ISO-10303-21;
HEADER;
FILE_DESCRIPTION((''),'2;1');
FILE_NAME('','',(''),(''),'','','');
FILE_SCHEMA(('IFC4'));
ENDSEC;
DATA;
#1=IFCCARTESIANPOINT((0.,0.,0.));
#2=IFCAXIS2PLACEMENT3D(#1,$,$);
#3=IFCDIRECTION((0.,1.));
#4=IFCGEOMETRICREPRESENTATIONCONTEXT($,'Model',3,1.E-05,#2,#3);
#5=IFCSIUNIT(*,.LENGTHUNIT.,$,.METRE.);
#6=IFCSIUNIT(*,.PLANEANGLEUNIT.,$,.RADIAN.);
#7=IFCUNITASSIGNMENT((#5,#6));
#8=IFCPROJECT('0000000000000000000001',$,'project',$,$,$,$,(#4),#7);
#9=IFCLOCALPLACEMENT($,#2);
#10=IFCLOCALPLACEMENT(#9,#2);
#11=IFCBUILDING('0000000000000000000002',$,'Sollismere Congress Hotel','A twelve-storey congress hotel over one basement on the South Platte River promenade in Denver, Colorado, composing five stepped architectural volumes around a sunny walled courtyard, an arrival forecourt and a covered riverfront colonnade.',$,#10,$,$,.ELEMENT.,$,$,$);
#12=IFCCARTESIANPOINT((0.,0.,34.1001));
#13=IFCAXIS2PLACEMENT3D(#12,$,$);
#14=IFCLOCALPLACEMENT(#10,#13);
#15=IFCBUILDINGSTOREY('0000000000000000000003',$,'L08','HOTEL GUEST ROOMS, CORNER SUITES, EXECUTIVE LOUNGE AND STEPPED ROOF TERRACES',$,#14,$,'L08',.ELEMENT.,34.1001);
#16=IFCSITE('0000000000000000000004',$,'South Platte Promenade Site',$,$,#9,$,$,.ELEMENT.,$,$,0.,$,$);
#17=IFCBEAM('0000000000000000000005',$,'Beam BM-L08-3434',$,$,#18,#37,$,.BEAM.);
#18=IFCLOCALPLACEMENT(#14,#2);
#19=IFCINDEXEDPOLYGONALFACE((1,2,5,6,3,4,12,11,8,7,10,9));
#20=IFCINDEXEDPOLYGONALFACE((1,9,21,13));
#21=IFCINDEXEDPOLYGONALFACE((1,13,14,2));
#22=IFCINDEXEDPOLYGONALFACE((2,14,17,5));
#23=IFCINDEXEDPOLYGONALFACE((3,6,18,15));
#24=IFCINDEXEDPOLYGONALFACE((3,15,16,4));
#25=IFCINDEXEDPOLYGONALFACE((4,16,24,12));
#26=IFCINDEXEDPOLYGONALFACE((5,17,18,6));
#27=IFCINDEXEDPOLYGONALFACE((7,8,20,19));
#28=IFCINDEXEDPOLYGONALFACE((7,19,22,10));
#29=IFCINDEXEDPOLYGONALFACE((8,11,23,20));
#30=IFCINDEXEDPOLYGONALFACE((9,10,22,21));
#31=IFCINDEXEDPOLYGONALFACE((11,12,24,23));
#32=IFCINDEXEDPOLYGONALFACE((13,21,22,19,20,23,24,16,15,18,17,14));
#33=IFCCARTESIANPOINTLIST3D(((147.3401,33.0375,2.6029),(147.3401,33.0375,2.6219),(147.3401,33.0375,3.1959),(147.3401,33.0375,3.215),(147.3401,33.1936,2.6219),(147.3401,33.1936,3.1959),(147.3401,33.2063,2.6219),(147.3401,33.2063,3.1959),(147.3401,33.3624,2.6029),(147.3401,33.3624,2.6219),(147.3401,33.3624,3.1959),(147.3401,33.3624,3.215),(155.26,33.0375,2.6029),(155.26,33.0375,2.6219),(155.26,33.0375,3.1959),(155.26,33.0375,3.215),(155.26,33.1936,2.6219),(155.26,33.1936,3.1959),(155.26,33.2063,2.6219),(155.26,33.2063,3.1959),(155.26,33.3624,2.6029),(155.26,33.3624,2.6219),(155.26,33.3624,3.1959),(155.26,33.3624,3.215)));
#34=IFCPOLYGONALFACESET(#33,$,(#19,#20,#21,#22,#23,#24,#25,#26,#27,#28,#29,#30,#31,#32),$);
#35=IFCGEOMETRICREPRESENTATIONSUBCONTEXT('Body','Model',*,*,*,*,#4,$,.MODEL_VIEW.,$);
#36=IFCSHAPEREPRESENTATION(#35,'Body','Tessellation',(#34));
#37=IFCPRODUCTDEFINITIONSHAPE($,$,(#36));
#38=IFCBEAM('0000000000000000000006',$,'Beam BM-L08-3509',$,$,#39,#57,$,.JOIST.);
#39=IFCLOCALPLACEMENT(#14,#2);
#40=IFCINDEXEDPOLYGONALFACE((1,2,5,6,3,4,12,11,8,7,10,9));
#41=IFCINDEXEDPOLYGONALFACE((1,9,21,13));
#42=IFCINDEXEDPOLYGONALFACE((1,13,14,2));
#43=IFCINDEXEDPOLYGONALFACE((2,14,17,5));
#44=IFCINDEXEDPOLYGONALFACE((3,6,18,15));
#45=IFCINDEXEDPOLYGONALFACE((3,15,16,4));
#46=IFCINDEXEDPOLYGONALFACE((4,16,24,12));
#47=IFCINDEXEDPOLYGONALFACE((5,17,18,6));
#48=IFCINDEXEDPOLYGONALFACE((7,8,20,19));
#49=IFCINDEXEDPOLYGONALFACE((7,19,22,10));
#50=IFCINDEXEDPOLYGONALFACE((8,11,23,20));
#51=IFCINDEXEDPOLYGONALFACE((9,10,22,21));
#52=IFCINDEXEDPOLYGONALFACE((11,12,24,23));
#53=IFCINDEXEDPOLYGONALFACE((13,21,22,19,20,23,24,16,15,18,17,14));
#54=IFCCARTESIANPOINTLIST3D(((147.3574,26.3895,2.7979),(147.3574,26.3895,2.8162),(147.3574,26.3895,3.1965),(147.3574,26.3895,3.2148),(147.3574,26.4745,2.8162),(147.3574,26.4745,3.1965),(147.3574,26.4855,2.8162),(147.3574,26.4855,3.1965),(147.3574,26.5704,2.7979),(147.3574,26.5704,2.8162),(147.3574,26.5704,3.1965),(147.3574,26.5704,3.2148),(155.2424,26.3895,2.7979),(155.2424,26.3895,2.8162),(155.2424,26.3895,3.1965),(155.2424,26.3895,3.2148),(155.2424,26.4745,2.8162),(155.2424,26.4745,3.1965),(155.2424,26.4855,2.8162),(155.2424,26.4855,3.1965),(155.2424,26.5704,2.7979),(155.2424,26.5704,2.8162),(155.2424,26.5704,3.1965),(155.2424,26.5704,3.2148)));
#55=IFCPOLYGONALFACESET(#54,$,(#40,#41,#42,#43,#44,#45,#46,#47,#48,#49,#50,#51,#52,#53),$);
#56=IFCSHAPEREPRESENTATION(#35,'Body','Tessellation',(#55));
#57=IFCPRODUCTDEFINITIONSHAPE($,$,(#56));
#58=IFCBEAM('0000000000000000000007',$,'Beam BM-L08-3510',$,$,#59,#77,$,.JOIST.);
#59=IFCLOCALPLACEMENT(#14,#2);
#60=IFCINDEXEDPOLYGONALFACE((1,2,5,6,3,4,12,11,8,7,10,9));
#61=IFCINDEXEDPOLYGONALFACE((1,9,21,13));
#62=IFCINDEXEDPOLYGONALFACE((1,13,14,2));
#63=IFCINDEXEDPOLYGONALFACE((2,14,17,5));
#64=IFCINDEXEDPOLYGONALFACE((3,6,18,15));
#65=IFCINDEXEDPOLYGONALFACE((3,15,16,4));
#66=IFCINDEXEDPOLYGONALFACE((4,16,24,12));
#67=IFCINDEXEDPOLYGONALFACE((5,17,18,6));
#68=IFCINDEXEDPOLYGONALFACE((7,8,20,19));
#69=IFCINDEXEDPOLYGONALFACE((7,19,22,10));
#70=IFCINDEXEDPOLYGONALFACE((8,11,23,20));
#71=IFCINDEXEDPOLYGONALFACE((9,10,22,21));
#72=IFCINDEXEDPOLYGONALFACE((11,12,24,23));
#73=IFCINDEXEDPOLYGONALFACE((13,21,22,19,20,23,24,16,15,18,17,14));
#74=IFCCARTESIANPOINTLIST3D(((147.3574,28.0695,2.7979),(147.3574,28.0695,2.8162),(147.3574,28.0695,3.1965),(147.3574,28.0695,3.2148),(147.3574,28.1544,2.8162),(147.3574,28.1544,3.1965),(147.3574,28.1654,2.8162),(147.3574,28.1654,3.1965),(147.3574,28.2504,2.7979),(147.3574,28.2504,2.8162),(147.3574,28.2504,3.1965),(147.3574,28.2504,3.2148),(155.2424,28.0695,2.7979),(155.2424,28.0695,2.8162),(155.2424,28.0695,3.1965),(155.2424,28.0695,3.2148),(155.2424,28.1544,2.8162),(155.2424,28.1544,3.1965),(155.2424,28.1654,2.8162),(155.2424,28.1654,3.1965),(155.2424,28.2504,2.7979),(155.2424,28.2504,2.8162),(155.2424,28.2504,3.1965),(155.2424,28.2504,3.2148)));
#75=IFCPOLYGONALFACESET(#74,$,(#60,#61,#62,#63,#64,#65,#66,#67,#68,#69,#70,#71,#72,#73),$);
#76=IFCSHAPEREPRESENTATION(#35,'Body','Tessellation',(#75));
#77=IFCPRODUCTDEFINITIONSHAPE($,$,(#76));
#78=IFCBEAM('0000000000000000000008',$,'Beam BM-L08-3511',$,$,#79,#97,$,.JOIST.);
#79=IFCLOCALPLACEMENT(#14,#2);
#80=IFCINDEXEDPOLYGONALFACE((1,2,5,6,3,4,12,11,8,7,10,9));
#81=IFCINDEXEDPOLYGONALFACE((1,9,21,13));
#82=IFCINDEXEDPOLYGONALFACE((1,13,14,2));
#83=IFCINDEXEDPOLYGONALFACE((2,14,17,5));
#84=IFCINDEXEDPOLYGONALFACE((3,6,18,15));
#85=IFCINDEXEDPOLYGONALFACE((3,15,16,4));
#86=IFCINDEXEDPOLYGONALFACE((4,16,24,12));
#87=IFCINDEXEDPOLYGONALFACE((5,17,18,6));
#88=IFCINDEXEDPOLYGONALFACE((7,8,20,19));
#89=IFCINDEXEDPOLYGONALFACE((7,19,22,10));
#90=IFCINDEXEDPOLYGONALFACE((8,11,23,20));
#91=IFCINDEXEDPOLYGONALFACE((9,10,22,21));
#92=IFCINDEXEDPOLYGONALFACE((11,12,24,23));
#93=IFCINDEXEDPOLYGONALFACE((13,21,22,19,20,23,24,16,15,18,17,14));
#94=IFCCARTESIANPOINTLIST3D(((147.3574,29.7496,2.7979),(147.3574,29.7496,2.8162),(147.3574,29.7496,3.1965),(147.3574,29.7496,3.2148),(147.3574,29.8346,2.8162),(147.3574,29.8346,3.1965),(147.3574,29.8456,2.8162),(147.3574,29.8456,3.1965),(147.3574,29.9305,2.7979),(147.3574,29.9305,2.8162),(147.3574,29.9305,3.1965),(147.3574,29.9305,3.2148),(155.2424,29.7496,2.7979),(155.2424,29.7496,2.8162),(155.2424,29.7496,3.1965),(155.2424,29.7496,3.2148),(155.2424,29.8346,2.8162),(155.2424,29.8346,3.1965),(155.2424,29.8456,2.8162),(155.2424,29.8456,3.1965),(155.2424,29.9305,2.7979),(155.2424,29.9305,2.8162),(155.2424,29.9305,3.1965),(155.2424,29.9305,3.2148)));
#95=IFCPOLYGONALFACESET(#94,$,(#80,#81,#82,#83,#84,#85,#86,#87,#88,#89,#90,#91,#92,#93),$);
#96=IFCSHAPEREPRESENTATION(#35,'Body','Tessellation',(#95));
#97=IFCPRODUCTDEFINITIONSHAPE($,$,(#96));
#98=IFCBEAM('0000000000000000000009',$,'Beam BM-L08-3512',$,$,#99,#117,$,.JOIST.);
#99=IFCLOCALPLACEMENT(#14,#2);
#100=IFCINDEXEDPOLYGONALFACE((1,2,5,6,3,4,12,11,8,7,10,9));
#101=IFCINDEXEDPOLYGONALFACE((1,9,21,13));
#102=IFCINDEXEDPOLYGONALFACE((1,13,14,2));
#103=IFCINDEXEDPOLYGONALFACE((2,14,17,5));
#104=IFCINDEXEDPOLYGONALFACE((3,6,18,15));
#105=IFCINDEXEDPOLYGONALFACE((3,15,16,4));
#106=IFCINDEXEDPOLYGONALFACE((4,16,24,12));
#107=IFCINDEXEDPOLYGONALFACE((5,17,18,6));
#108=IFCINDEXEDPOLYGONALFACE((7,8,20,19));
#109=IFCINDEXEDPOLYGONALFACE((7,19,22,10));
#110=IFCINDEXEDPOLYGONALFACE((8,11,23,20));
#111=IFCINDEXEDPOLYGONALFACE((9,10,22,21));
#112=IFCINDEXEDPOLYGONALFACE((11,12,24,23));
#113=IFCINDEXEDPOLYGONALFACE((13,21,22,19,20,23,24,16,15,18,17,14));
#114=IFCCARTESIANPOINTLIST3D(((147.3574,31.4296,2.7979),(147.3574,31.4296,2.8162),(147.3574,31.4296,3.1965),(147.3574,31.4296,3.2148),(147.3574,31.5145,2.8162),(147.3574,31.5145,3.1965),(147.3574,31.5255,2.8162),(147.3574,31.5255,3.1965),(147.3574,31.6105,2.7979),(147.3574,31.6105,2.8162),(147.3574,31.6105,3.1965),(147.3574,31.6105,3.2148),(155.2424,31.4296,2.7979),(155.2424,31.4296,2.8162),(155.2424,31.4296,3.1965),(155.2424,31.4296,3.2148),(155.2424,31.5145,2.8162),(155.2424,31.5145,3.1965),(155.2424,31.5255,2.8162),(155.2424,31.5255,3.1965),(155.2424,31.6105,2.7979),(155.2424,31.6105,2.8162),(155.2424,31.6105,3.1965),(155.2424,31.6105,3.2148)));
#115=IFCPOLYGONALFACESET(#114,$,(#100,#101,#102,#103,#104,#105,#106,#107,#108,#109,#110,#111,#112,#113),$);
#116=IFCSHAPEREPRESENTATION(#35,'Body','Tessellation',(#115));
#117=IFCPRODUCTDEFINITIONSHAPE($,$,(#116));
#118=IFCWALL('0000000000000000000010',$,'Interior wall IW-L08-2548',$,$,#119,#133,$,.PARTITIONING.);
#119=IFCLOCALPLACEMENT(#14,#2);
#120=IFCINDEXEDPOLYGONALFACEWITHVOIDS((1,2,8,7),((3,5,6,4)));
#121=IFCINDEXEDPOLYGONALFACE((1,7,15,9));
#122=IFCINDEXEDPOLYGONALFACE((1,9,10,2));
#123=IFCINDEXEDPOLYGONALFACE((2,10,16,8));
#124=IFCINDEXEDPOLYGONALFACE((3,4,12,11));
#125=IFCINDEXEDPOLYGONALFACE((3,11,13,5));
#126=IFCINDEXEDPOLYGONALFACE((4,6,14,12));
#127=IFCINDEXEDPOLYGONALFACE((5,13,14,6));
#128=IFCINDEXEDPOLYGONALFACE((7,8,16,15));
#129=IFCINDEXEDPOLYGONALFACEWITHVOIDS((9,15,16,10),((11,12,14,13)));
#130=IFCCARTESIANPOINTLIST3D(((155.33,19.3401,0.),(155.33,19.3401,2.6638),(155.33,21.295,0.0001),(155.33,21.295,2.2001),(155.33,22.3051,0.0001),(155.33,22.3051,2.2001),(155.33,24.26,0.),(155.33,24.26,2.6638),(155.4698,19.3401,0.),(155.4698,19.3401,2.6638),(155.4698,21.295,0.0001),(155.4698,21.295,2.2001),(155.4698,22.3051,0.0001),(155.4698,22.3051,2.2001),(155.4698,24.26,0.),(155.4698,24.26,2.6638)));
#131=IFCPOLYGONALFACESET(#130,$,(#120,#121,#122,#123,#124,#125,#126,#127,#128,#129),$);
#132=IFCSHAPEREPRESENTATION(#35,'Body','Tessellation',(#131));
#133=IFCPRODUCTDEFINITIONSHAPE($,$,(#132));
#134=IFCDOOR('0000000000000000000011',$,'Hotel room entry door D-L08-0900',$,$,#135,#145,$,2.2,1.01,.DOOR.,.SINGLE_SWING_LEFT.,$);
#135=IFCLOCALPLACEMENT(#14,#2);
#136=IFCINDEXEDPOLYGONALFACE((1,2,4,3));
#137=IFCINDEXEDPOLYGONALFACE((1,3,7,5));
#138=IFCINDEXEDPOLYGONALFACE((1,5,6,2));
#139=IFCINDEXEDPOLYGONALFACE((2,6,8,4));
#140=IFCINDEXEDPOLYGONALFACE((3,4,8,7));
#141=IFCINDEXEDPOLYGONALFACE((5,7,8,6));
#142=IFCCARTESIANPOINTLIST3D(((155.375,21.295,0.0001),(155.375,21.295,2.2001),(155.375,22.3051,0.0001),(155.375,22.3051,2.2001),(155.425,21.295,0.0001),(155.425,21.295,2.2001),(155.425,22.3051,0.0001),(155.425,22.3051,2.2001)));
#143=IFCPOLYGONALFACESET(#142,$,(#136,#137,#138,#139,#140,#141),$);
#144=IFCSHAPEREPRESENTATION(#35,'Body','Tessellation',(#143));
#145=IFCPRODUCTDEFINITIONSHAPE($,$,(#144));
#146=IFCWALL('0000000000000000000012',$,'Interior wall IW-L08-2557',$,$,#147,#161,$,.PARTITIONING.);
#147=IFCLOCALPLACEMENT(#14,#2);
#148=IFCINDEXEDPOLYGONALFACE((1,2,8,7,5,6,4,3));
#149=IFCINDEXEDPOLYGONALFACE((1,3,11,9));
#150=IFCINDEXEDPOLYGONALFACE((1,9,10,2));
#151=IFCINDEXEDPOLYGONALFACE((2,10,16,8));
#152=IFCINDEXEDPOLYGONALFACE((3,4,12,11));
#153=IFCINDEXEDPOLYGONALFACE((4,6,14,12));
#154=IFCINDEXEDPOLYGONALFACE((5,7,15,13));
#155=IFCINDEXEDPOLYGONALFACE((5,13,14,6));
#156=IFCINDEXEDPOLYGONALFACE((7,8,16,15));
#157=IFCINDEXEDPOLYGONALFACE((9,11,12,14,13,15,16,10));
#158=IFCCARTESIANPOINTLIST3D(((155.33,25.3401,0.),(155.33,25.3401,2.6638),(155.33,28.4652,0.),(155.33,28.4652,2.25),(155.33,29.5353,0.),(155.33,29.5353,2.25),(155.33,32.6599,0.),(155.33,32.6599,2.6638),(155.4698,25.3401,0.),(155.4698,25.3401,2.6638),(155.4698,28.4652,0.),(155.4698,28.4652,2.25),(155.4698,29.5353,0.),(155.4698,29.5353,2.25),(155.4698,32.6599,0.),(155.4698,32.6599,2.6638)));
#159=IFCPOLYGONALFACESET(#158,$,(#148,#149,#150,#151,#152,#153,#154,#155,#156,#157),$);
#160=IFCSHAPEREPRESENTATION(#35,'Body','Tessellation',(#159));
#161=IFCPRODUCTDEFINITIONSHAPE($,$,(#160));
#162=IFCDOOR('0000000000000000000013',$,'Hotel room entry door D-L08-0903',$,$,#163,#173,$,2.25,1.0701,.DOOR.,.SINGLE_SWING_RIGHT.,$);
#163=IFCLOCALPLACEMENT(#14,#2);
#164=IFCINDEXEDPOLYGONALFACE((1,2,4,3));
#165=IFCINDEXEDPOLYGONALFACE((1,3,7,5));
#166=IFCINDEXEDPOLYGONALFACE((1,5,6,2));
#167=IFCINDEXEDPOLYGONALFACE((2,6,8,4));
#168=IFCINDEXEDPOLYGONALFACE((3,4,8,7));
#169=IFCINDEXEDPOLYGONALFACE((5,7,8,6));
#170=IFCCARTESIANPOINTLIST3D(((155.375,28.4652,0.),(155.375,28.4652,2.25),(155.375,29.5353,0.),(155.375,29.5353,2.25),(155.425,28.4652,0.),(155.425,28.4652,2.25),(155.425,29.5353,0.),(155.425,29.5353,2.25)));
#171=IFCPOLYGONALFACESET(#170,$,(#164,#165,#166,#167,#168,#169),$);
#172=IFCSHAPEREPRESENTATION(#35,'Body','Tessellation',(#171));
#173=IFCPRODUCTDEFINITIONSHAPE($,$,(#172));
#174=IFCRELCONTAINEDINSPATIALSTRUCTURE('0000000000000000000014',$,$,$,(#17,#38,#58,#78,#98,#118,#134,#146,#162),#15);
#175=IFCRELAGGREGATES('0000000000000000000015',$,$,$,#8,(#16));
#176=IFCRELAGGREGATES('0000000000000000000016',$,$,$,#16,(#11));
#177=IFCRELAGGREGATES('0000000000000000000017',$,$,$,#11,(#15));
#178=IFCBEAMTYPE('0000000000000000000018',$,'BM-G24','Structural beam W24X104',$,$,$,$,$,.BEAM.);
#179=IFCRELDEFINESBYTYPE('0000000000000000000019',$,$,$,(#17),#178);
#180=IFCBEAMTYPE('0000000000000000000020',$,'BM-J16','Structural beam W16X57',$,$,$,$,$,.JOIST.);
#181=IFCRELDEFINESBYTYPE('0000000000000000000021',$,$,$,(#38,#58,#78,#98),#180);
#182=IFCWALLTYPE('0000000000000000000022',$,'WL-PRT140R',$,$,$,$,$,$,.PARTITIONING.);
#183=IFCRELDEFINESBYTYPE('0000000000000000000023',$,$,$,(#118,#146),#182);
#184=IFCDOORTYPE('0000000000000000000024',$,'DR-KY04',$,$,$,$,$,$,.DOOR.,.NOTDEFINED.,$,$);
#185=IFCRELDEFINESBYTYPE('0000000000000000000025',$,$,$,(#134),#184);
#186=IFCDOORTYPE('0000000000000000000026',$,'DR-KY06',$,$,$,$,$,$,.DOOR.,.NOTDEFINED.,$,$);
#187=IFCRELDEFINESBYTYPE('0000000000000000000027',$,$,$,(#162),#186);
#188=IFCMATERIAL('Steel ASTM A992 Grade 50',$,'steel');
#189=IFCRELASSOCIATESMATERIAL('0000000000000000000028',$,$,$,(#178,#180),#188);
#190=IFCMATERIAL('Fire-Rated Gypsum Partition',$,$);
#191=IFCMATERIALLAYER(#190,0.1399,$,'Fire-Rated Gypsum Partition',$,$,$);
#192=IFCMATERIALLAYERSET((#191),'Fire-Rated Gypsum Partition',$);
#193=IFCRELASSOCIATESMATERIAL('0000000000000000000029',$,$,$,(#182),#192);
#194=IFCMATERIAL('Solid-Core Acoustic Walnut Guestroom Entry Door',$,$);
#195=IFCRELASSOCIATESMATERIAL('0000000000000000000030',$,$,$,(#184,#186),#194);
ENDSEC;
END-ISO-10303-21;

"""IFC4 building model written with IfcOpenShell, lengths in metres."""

from ifc_helpers import new_model, si_unit, direction, frame, frame_2d, origin, origin_2d, place, context, subcontext, project, spatial, rectangle, i_section, extrude, material, layer, layer_set, material_profile, profile_set, type_object, element, fill, save


model = new_model("IFC4")

# Units and contexts
model_context = context("Model", 3, precision=1e-05, world=origin(), true_north=direction((0.0, 1.0)))
body_context = subcontext(model_context, "Body", "Model", "MODEL_VIEW")
ifc_project = project(units=[si_unit("LENGTHUNIT", "METRE"), si_unit("PLANEANGLEUNIT", "RADIAN")], contexts=[model_context])

# Site, building, storey
site_placement = place(None, origin())
site = spatial("IfcSite", under=ifc_project, at=site_placement, Name="South Platte Promenade Site", CompositionType="ELEMENT", RefElevation=0.0)
building_placement = place(site_placement, origin())
building = spatial("IfcBuilding", under=site, at=building_placement, Name="Sollismere Congress Hotel", Description="A twelve-storey congress hotel over one basement on the South Platte River promenade in Denver, Colorado, composing five stepped architectural volumes around a sunny walled courtyard, an arrival forecourt and a covered riverfront colonnade.", CompositionType="ELEMENT")
storey_placement = place(building_placement, frame((0.0, 0.0, 34.1001)))
storey = spatial("IfcBuildingStorey", under=building, at=storey_placement, Name="L08", Description="HOTEL GUEST ROOMS, CORNER SUITES, EXECUTIVE LOUNGE AND STEPPED ROOF TERRACES", LongName="L08", CompositionType="ELEMENT", Elevation=34.1001)

# Shared definitions
ifc_material_1 = material(Name="Steel ASTM A992 Grade 50", Category="steel")

# Beams
ifc_material_profile_1 = material_profile(ifc_material_1, i_section(OverallWidth=0.325, OverallDepth=0.6121, WebThickness=0.0127, FlangeThickness=0.019, at=origin_2d()), Name="W24X104")
ifc_profile_set_1 = profile_set([ifc_material_profile_1], Name="Steel ASTM A992 Grade 50")
beam_type_1 = type_object("IfcBeamType", Name="BM-G24", Description="Structural beam W24X104", PredefinedType="BEAM", material=ifc_profile_set_1)
beam_1_placement = place(storey_placement, frame((147.3401, 33.2, 2.9089), z_axis=(1.0, 0.0, 0.0), x_axis=(0.0, 1.0, 0.0)))
element("IfcBeam", 1, at=beam_1_placement, inside=storey, type_object=beam_type_1, Name="Beam BM-L08-3434", PredefinedType="BEAM", context=body_context, shape_type="SweptSolid", body=[
    extrude(i_section(OverallWidth=0.325, OverallDepth=0.6121, WebThickness=0.0127, FlangeThickness=0.019, at=origin_2d()), origin(), (0.0, 0.0, 1.0), 7.9199),
])
ifc_material_profile_2 = material_profile(ifc_material_1, i_section(OverallWidth=0.1809, OverallDepth=0.417, WebThickness=0.011, FlangeThickness=0.0183, at=origin_2d()), Name="W16X57")
ifc_profile_set_2 = profile_set([ifc_material_profile_2], Name="Steel ASTM A992 Grade 50")
beam_type_2 = type_object("IfcBeamType", Name="BM-J16", Description="Structural beam W16X57", PredefinedType="JOIST", material=ifc_profile_set_2)
for number, where, z_axis, x_axis, name in (
    (2, (147.3574, 26.48, 3.0063), (1.0, 0.0, 0.0), (0.0, 1.0, 0.0), "Beam BM-L08-3509"),
    (3, (147.3574, 28.1599, 3.0063), (1.0, 0.0, 0.0), (0.0, 1.0, 0.0), "Beam BM-L08-3510"),
    (4, (147.3574, 29.8401, 3.0063), (1.0, 0.0, 0.0), (0.0, 1.0, 0.0), "Beam BM-L08-3511"),
    (5, (147.3574, 31.52, 3.0063), (1.0, 0.0, 0.0), (0.0, 1.0, 0.0), "Beam BM-L08-3512"),
):
    element("IfcBeam", number, at=place(storey_placement, frame(where, z_axis=z_axis, x_axis=x_axis)), inside=storey, type_object=beam_type_2, Name=name, PredefinedType="JOIST", context=body_context, shape_type="SweptSolid", body=[
        extrude(i_section(OverallWidth=0.1809, OverallDepth=0.417, WebThickness=0.011, FlangeThickness=0.0183, at=origin_2d()), origin(), (0.0, 0.0, 1.0), 7.885),
    ])

# Walls, openings, doors
ifc_material_2 = material(Name="Fire-Rated Gypsum Partition")
ifc_layer = layer(ifc_material_2, 0.1399, Name="Fire-Rated Gypsum Partition")
ifc_layer_set = layer_set([ifc_layer], Name="Fire-Rated Gypsum Partition")
wall_type = type_object("IfcWallType", Name="WL-PRT140R", PredefinedType="PARTITIONING", material=ifc_layer_set)
wall_1_placement = place(storey_placement, frame((155.3999, 19.3401, 0.0), z_axis=(0.0, 0.0, 1.0), x_axis=(0.0, 1.0, 0.0)))
wall_1 = element("IfcWall", 6, at=wall_1_placement, inside=storey, type_object=wall_type, Name="Interior wall IW-L08-2548", PredefinedType="PARTITIONING", context=body_context, shape_type="SweptSolid", body=[
    extrude(rectangle(XDim=4.9199, YDim=0.1399, at=frame_2d((2.46, 0.0))), origin(), (0.0, 0.0, 1.0), 2.6638),
])
opening_1_placement = place(wall_1_placement, frame((1.9551, 0.0, 0.0)))
opening_1 = element("IfcOpeningElement", 7, at=opening_1_placement, cuts=wall_1, PredefinedType="OPENING", context=body_context, shape_type="SweptSolid", body=[
    extrude(rectangle(XDim=1.01, YDim=2.2, at=frame_2d((0.5049, 1.1001))), frame((0.0, 0.0798, 0.0), z_axis=(0.0, -1.0, 0.0), x_axis=(1.0, 0.0, 0.0)), (0.0, 0.0, 1.0), 0.1599),
])
ifc_material_3 = material(Name="Solid-Core Acoustic Walnut Guestroom Entry Door")
door_type_1 = type_object("IfcDoorType", Name="DR-KY04", OperationType="NOTDEFINED", PredefinedType="DOOR", material=ifc_material_3)
door_1_placement = place(opening_1_placement, origin())
door_1 = element("IfcDoor", 8, at=door_1_placement, inside=storey, type_object=door_type_1, Name="Hotel room entry door D-L08-0900", OperationType="SINGLE_SWING_LEFT", OverallHeight=2.2, OverallWidth=1.01, PredefinedType="DOOR", context=body_context, shape_type="SweptSolid", body=[
    extrude(rectangle(XDim=1.01, YDim=2.2, at=frame_2d((0.5049, 1.1001))), frame((0.0, 0.0249, 0.0), z_axis=(0.0, -1.0, 0.0), x_axis=(1.0, 0.0, 0.0)), (0.0, 0.0, 1.0), 0.05),
])
fill(opening_1, door_1)
wall_2_placement = place(storey_placement, frame((155.3999, 25.3401, 0.0), z_axis=(0.0, 0.0, 1.0), x_axis=(0.0, 1.0, 0.0)))
wall_2 = element("IfcWall", 9, at=wall_2_placement, inside=storey, type_object=wall_type, Name="Interior wall IW-L08-2557", PredefinedType="PARTITIONING", context=body_context, shape_type="SweptSolid", body=[
    extrude(rectangle(XDim=7.3198, YDim=0.1399, at=frame_2d((3.6599, 0.0))), origin(), (0.0, 0.0, 1.0), 2.6638),
])
opening_2_placement = place(wall_2_placement, frame((3.125, 0.0, 0.0)))
opening_2 = element("IfcOpeningElement", 10, at=opening_2_placement, cuts=wall_2, PredefinedType="OPENING", context=body_context, shape_type="SweptSolid", body=[
    extrude(rectangle(XDim=1.0701, YDim=2.25, at=frame_2d((0.5352, 1.125))), frame((0.0, 0.0798, 0.0), z_axis=(0.0, -1.0, 0.0), x_axis=(1.0, 0.0, 0.0)), (0.0, 0.0, 1.0), 0.1599),
])
door_type_2 = type_object("IfcDoorType", Name="DR-KY06", OperationType="NOTDEFINED", PredefinedType="DOOR", material=ifc_material_3)
door_2_placement = place(opening_2_placement, origin())
door_2 = element("IfcDoor", 11, at=door_2_placement, inside=storey, type_object=door_type_2, Name="Hotel room entry door D-L08-0903", OperationType="SINGLE_SWING_RIGHT", OverallHeight=2.25, OverallWidth=1.0701, PredefinedType="DOOR", context=body_context, shape_type="SweptSolid", body=[
    extrude(rectangle(XDim=1.0701, YDim=2.25, at=frame_2d((0.5352, 1.125))), frame((0.0, 0.0249, 0.0), z_axis=(0.0, -1.0, 0.0), x_axis=(1.0, 0.0, 0.0)), (0.0, 0.0, 1.0), 0.05),
])
fill(opening_2, door_2)

save(model, "model.ifc")
